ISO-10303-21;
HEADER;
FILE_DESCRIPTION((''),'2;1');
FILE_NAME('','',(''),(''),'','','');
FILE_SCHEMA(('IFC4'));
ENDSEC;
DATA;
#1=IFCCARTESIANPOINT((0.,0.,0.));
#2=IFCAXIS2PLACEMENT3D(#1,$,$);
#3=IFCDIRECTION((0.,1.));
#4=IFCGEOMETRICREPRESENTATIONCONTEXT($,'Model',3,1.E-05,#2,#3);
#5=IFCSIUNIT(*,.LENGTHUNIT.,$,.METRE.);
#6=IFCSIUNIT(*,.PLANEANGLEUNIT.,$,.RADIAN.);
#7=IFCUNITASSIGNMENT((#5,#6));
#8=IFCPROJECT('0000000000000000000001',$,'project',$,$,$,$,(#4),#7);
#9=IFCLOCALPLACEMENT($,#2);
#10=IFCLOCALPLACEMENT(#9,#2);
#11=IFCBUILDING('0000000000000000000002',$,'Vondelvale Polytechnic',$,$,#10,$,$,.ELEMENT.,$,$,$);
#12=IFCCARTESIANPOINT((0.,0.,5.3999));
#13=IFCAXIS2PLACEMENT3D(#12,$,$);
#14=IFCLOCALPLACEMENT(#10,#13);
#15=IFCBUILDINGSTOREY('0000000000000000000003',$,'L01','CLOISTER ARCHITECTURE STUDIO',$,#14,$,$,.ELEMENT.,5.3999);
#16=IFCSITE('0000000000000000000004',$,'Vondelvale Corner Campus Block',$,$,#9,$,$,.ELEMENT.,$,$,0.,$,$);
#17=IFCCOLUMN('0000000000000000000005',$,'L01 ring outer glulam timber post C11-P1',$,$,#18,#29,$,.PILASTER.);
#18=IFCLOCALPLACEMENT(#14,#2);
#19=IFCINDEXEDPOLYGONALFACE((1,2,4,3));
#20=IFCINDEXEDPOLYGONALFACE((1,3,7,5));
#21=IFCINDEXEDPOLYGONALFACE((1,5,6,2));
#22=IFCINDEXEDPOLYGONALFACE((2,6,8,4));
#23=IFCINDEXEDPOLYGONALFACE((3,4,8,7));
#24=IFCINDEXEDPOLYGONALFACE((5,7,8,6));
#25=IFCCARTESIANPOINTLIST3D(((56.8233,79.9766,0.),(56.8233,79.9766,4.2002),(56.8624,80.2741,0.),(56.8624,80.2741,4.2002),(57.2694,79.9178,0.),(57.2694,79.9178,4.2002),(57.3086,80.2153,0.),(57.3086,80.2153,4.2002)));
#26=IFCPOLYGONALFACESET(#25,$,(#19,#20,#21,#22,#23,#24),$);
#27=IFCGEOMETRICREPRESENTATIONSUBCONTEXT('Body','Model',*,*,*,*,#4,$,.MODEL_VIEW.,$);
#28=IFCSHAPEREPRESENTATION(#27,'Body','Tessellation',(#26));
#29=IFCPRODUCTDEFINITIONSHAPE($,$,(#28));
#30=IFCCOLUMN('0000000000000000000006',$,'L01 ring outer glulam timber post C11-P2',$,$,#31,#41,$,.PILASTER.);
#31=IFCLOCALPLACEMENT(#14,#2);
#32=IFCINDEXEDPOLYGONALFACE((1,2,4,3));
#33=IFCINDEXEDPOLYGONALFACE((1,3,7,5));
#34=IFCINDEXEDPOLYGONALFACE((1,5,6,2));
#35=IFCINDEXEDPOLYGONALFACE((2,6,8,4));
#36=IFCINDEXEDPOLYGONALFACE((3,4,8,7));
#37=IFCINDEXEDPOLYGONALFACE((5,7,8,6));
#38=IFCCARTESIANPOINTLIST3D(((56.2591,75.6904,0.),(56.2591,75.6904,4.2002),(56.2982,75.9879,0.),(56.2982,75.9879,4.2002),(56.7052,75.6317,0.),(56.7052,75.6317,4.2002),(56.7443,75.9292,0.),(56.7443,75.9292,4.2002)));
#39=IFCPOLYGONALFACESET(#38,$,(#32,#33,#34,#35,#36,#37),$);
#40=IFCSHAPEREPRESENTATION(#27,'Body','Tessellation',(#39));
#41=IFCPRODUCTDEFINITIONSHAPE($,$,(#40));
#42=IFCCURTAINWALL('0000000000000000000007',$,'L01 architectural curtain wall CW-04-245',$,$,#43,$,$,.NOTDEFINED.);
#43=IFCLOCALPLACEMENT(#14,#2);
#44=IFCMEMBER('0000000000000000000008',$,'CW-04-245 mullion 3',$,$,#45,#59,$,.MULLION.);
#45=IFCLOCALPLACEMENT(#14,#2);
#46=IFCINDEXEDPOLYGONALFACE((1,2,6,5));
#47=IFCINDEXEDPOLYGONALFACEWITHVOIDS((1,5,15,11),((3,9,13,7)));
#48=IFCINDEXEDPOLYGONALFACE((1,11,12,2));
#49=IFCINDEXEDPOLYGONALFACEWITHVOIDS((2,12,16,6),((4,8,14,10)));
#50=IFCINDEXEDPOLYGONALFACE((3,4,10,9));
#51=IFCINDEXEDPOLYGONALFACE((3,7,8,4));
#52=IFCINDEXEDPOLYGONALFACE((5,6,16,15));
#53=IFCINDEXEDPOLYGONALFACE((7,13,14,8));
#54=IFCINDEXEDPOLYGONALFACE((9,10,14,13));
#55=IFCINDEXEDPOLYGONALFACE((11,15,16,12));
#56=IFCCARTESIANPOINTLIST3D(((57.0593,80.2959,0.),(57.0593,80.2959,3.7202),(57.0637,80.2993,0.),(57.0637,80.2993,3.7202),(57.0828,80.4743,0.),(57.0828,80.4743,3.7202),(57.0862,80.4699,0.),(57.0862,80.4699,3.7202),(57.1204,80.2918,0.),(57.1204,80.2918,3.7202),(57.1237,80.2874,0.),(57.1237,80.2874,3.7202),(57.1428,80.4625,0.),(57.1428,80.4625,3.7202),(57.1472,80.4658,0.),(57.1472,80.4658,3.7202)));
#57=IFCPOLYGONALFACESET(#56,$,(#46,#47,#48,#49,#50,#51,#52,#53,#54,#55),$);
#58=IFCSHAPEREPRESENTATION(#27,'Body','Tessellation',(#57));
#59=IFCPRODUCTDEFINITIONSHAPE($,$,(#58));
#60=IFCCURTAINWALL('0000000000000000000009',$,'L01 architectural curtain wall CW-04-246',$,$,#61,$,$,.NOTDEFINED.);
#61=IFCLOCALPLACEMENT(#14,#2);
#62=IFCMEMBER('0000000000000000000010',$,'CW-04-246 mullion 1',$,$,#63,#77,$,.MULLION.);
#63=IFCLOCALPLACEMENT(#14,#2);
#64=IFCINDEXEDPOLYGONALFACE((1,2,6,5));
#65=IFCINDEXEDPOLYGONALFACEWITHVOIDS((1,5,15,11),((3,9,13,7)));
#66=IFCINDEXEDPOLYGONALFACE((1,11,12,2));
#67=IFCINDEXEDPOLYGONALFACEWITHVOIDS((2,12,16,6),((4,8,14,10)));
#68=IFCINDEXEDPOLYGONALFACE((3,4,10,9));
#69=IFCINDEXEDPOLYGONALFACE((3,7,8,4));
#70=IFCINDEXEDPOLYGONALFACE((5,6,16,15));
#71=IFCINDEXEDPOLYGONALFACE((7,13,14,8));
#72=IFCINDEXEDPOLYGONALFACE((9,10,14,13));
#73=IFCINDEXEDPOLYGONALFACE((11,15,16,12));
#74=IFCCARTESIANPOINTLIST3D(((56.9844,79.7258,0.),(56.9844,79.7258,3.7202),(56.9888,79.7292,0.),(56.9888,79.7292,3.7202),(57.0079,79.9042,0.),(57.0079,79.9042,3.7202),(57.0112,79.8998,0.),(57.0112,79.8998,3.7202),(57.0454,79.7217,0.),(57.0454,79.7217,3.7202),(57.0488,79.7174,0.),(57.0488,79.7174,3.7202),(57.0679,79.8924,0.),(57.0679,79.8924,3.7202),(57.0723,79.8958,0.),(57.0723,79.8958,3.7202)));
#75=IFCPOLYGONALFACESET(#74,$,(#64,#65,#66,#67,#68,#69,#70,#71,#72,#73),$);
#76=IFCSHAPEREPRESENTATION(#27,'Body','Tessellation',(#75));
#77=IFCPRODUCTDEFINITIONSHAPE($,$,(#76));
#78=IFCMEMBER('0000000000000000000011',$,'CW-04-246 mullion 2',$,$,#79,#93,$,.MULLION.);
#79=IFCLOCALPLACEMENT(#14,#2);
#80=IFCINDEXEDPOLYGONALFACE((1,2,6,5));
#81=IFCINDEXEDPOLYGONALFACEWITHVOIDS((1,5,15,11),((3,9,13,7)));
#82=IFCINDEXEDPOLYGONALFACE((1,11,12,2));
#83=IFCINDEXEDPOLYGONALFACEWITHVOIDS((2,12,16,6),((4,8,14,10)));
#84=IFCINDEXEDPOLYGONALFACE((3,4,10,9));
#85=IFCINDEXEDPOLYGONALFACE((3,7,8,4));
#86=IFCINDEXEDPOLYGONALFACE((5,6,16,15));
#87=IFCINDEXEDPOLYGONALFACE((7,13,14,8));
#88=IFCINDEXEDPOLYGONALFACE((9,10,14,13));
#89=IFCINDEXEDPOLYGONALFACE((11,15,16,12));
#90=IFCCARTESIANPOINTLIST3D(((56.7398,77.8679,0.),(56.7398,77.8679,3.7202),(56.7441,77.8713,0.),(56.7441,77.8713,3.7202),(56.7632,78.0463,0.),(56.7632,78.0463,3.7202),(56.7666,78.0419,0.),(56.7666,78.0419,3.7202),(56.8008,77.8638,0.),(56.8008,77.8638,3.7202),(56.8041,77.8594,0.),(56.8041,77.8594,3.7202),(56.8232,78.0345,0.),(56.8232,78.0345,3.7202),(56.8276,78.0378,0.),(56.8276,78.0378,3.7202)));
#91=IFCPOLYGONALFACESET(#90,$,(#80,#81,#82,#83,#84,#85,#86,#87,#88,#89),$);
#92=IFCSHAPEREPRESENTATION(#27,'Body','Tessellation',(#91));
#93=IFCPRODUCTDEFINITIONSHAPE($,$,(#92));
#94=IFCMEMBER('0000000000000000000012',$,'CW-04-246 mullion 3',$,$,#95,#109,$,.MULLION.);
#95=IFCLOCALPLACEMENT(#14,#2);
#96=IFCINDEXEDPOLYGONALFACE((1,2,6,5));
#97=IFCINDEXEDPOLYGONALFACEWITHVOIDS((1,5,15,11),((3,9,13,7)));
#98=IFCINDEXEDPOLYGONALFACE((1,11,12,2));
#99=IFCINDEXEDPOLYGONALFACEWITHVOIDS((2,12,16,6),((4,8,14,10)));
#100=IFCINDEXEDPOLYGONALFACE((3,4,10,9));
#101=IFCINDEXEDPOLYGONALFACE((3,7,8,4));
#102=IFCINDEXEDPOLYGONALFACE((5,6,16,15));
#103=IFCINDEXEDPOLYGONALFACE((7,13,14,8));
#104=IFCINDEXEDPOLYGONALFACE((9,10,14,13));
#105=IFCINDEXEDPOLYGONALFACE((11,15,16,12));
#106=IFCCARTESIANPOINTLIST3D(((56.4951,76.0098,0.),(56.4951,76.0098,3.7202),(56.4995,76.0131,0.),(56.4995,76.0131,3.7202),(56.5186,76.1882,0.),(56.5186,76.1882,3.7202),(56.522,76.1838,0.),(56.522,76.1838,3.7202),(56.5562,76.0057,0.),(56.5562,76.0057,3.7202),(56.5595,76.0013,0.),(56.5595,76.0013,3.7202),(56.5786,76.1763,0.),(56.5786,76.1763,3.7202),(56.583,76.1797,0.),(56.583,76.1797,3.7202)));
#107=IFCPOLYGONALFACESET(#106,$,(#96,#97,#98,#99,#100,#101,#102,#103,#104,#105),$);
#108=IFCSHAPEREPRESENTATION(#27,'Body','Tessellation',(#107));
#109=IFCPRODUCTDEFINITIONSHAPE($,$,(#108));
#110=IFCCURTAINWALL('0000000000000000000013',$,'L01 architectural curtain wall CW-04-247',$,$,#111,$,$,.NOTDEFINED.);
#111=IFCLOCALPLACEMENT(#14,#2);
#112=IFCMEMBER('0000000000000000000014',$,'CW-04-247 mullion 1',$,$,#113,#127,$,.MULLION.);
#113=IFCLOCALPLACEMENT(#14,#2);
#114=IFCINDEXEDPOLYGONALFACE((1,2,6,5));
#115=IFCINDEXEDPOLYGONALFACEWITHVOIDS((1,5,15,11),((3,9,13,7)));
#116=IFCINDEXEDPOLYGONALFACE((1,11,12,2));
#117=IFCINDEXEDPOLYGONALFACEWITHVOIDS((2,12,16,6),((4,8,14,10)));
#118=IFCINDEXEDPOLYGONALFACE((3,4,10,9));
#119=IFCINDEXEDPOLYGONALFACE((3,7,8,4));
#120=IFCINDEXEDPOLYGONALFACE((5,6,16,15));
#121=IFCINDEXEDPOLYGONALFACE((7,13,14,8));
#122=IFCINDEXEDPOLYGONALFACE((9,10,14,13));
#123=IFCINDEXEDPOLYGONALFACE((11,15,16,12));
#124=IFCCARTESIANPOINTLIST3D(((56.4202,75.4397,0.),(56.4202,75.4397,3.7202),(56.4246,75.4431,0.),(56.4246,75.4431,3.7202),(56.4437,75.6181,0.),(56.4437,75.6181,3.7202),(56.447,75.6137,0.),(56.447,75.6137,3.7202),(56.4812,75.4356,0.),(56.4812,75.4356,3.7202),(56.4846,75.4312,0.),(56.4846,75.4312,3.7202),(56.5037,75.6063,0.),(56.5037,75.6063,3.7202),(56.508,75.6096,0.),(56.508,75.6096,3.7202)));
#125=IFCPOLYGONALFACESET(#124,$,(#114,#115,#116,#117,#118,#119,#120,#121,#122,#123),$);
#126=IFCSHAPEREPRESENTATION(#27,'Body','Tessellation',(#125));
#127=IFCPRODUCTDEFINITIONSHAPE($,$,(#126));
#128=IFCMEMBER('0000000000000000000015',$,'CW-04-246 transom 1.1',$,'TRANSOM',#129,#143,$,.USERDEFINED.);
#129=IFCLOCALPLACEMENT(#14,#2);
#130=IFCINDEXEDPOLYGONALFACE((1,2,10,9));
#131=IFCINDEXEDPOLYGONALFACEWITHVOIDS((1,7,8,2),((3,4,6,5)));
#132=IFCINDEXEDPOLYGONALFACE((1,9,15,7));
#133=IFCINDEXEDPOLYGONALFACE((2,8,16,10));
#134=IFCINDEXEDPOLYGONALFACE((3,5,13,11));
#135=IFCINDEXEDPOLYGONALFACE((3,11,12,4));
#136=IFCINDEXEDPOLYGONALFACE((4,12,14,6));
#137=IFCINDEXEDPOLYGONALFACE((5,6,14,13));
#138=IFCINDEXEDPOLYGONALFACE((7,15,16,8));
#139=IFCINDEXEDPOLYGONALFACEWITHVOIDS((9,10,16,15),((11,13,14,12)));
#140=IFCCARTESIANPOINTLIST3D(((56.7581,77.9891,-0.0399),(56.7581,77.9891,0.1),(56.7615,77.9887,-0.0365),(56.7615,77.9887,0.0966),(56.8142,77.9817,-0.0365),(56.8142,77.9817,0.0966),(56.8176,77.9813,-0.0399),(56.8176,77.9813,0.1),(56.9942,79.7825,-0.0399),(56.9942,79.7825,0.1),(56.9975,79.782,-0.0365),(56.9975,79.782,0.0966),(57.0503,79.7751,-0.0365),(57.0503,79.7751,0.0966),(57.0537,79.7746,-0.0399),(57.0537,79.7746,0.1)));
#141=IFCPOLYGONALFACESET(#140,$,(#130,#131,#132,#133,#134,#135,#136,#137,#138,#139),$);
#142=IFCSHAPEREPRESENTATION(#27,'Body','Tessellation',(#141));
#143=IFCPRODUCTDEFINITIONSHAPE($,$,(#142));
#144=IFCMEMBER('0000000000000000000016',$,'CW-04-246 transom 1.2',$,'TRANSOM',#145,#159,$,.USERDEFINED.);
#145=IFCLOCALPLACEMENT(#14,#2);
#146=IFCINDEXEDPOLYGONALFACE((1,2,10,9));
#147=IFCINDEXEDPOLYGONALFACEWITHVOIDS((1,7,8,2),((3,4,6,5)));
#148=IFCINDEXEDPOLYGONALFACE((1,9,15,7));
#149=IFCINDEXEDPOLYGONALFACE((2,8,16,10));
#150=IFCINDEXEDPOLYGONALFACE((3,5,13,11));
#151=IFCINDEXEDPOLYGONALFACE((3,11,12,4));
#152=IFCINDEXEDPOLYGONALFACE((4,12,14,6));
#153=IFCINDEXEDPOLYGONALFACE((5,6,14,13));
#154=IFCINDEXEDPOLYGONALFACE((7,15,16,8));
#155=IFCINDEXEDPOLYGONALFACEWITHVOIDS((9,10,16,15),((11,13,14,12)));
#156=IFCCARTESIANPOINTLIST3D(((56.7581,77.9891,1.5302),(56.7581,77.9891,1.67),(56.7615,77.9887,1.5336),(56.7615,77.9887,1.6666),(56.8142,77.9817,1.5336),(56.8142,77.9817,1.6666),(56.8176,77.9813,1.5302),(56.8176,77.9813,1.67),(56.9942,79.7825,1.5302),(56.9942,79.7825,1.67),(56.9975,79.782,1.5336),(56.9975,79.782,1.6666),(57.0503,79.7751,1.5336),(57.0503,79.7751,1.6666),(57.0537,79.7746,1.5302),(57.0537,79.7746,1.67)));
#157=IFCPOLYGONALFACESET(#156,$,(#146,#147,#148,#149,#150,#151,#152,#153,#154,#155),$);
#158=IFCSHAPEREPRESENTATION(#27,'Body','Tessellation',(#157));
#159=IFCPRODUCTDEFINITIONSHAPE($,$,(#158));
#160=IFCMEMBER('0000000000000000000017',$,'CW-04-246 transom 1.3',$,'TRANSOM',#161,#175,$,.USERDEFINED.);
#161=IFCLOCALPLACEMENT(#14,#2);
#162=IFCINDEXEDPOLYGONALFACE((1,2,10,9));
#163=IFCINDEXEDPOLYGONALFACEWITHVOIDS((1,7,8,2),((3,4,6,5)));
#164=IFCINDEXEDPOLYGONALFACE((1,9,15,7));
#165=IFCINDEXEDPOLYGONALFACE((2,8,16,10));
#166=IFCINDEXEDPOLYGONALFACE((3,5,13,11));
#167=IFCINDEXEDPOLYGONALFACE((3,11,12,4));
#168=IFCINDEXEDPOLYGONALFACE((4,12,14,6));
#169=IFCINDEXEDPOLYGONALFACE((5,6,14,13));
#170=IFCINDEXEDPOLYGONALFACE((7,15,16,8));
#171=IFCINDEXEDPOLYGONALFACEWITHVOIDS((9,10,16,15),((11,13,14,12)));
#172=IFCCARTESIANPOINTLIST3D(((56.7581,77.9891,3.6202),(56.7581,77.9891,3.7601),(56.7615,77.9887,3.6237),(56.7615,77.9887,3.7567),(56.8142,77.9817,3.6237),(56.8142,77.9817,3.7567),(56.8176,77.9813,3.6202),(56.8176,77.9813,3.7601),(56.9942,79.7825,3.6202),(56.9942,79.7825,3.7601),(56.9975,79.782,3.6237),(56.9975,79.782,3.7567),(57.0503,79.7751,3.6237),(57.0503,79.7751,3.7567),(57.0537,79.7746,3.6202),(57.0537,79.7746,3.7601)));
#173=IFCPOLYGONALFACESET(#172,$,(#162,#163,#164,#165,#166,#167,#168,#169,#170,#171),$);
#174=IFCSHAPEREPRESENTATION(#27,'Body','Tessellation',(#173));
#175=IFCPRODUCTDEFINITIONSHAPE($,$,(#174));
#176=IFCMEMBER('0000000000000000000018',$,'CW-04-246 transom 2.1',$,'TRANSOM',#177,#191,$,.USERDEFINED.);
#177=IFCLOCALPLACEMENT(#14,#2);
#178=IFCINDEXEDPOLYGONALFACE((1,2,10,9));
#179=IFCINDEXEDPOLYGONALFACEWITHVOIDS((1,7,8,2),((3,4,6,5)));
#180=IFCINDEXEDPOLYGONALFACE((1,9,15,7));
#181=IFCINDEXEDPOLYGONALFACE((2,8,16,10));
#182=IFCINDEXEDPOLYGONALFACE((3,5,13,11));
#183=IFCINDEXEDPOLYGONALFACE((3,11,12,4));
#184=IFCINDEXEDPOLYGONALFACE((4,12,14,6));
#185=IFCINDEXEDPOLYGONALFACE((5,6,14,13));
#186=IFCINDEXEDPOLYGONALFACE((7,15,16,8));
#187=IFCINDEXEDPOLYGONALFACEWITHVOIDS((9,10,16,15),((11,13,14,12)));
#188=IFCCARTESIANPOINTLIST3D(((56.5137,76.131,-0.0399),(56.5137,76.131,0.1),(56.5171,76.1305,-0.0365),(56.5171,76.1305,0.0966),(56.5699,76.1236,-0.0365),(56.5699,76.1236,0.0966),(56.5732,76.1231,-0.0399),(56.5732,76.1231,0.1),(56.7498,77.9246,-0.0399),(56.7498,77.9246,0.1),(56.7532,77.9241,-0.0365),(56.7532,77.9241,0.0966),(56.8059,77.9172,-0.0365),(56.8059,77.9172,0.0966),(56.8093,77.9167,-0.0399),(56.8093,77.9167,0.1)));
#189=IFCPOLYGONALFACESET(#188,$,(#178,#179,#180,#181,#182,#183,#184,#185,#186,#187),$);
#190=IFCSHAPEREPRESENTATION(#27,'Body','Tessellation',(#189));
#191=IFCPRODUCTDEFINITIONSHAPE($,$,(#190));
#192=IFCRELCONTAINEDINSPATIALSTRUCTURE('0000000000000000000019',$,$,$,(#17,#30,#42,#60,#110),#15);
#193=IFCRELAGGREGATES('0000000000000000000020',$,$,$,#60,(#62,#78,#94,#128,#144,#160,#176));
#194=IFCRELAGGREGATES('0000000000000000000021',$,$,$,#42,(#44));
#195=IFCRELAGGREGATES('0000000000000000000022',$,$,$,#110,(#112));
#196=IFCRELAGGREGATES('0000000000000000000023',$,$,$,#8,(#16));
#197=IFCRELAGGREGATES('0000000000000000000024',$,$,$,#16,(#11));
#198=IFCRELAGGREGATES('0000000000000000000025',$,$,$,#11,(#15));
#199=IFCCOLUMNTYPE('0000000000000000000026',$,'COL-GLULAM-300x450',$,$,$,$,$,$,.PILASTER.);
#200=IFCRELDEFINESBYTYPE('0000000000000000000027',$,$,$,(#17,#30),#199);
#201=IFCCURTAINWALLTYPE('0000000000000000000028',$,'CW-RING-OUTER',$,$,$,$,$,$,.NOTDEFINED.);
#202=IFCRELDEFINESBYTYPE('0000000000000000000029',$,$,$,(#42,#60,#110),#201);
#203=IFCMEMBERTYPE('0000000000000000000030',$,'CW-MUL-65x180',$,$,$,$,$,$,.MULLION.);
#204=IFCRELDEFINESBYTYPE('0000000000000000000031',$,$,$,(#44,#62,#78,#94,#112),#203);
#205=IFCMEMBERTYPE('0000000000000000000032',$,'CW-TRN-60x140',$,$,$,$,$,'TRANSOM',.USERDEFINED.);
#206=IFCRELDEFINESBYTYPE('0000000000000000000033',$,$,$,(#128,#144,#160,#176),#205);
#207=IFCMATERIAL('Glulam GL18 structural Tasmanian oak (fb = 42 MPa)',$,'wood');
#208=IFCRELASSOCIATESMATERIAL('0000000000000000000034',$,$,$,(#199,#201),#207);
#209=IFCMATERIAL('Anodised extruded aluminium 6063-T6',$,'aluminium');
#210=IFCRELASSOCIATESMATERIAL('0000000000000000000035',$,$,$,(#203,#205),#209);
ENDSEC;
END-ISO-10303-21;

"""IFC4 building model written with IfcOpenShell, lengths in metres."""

from ifc_helpers import new_model, si_unit, direction, frame, origin, origin_2d, place, context, subcontext, project, spatial, rectangle, hollow_rectangle, extrude, material, material_profile, profile_set, type_object, element, aggregate, save


model = new_model("IFC4")

# Units and contexts
model_context = context("Model", 3, precision=1e-05, world=origin(), true_north=direction((0.0, 1.0)))
body_context = subcontext(model_context, "Body", "Model", "MODEL_VIEW")
ifc_project = project(units=[si_unit("LENGTHUNIT", "METRE"), si_unit("PLANEANGLEUNIT", "RADIAN")], contexts=[model_context])

# Site, building, storey
site_placement = place(None, origin())
site = spatial("IfcSite", under=ifc_project, at=site_placement, Name="Vondelvale Corner Campus Block", CompositionType="ELEMENT", RefElevation=0.0)
building_placement = place(site_placement, origin())
building = spatial("IfcBuilding", under=site, at=building_placement, Name="Vondelvale Polytechnic", CompositionType="ELEMENT")
storey_placement = place(building_placement, frame((0.0, 0.0, 5.3999)))
storey = spatial("IfcBuildingStorey", under=building, at=storey_placement, Name="L01", Description="CLOISTER ARCHITECTURE STUDIO", CompositionType="ELEMENT", Elevation=5.3999)

# Columns
ifc_material_1 = material(Name="Glulam GL18 structural Tasmanian oak (fb = 42 MPa)", Category="wood")
ifc_material_profile_1 = material_profile(ifc_material_1, rectangle(XDim=0.3, YDim=0.45, at=origin_2d()), Name="GL-POST-300x450")
ifc_profile_set_1 = profile_set([ifc_material_profile_1], Name="Glulam GL18 structural Tasmanian oak (fb = 42 MPa)")
column_type = type_object("IfcColumnType", Name="COL-GLULAM-300x450", PredefinedType="PILASTER", material=ifc_profile_set_1)
for number, where, z_axis, x_axis, name in (
    (1, (57.0659, 80.0959, 0.0), (0.0, 0.0, 1.0), (0.130526, 0.991445, 0.0), "L01 ring outer glulam timber post C11-P1"),
    (2, (56.5017, 75.8098, 0.0), (0.0, 0.0, 1.0), (0.130526, 0.991445, 0.0), "L01 ring outer glulam timber post C11-P2"),
):
    element("IfcColumn", number, at=place(storey_placement, frame(where, z_axis=z_axis, x_axis=x_axis)), inside=storey, type_object=column_type, Name=name, PredefinedType="PILASTER", context=body_context, shape_type="SweptSolid", body=[
        extrude(rectangle(XDim=0.3, YDim=0.45, at=origin_2d()), origin(), (0.0, 0.0, 1.0), 4.2002),
    ])

# Curtain wall, member
curtain_wall_type = type_object("IfcCurtainWallType", Name="CW-RING-OUTER", PredefinedType="NOTDEFINED", material=ifc_material_1)
curtain_wall_1_placement = place(storey_placement, origin())
curtain_wall_1 = element("IfcCurtainWall", 3, at=curtain_wall_1_placement, inside=storey, type_object=curtain_wall_type, Name="L01 architectural curtain wall CW-04-245", PredefinedType="NOTDEFINED")
ifc_material_2 = material(Name="Anodised extruded aluminium 6063-T6", Category="aluminium")
ifc_material_profile_2 = material_profile(ifc_material_2, hollow_rectangle(XDim=0.0649, YDim=0.1799, WallThickness=0.0039, at=origin_2d()), Name="CW-MUL-180x65")
ifc_profile_set_2 = profile_set([ifc_material_profile_2], Name="Anodised extruded aluminium 6063-T6")
member_type_1 = type_object("IfcMemberType", Name="CW-MUL-65x180", PredefinedType="MULLION", material=ifc_profile_set_2)
member_1_placement = place(storey_placement, frame((57.1033, 80.3809, 0.0), z_axis=(0.0, 0.0, 1.0), x_axis=(0.991443, -0.13054, 0.0)))
member_1 = element("IfcMember", 4, at=member_1_placement, type_object=member_type_1, Name="CW-04-245 mullion 3", PredefinedType="MULLION", context=body_context, shape_type="SweptSolid", body=[
    extrude(hollow_rectangle(XDim=0.0649, YDim=0.1799, WallThickness=0.0039, at=origin_2d()), origin(), (0.0, 0.0, 1.0), 3.7202),
])

# Curtain wall, members
curtain_wall_2_placement = place(storey_placement, origin())
curtain_wall_2 = element("IfcCurtainWall", 5, at=curtain_wall_2_placement, inside=storey, type_object=curtain_wall_type, Name="L01 architectural curtain wall CW-04-246", PredefinedType="NOTDEFINED")
member_2_placement = place(storey_placement, frame((57.0283, 79.8108, 0.0), z_axis=(0.0, 0.0, 1.0), x_axis=(0.991449, -0.130497, 0.0)))
member_2 = element("IfcMember", 6, at=member_2_placement, type_object=member_type_1, Name="CW-04-246 mullion 1", PredefinedType="MULLION", context=body_context, shape_type="SweptSolid", body=[
    extrude(hollow_rectangle(XDim=0.0649, YDim=0.1799, WallThickness=0.0039, at=origin_2d()), origin(), (0.0, 0.0, 1.0), 3.7202),
])
member_3_placement = place(storey_placement, frame((56.7837, 77.9529, 0.0), z_axis=(0.0, 0.0, 1.0), x_axis=(0.991449, -0.130497, 0.0)))
member_3 = element("IfcMember", 7, at=member_3_placement, type_object=member_type_1, Name="CW-04-246 mullion 2", PredefinedType="MULLION", context=body_context, shape_type="SweptSolid", body=[
    extrude(hollow_rectangle(XDim=0.0649, YDim=0.1799, WallThickness=0.0039, at=origin_2d()), origin(), (0.0, 0.0, 1.0), 3.7202),
])
member_4_placement = place(storey_placement, frame((56.5391, 76.0947, 0.0), z_axis=(0.0, 0.0, 1.0), x_axis=(0.991449, -0.130497, 0.0)))
member_4 = element("IfcMember", 8, at=member_4_placement, type_object=member_type_1, Name="CW-04-246 mullion 3", PredefinedType="MULLION", context=body_context, shape_type="SweptSolid", body=[
    extrude(hollow_rectangle(XDim=0.0649, YDim=0.1799, WallThickness=0.0039, at=origin_2d()), origin(), (0.0, 0.0, 1.0), 3.7202),
])

# Curtain wall, member
curtain_wall_3_placement = place(storey_placement, origin())
curtain_wall_3 = element("IfcCurtainWall", 9, at=curtain_wall_3_placement, inside=storey, type_object=curtain_wall_type, Name="L01 architectural curtain wall CW-04-247", PredefinedType="NOTDEFINED")
member_5_placement = place(storey_placement, frame((56.4641, 75.5247, 0.0), z_axis=(0.0, 0.0, 1.0), x_axis=(0.991443, -0.13054, 0.0)))
member_5 = element("IfcMember", 10, at=member_5_placement, type_object=member_type_1, Name="CW-04-247 mullion 1", PredefinedType="MULLION", context=body_context, shape_type="SweptSolid", body=[
    extrude(hollow_rectangle(XDim=0.0649, YDim=0.1799, WallThickness=0.0039, at=origin_2d()), origin(), (0.0, 0.0, 1.0), 3.7202),
])

# Members
ifc_material_profile_3 = material_profile(ifc_material_2, hollow_rectangle(XDim=0.0601, YDim=0.1399, WallThickness=0.0034, at=origin_2d()), Name="CW-TRN-140x60")
ifc_profile_set_3 = profile_set([ifc_material_profile_3], Name="Anodised extruded aluminium 6063-T6")
member_type_2 = type_object("IfcMemberType", Name="CW-TRN-60x140", ElementType="TRANSOM", PredefinedType="USERDEFINED", material=ifc_profile_set_3)
member_6_placement = place(storey_placement, frame((57.0239, 79.7786, 0.03), z_axis=(-0.13051, -0.991447, 0.0), x_axis=(0.991447, -0.13051, 0.0)))
member_6 = element("IfcMember", 11, at=member_6_placement, type_object=member_type_2, Name="CW-04-246 transom 1.1", ObjectType="TRANSOM", PredefinedType="USERDEFINED", context=body_context, shape_type="SweptSolid", body=[
    extrude(hollow_rectangle(XDim=0.0601, YDim=0.1399, WallThickness=0.0034, at=origin_2d()), origin(), (0.0, 0.0, 1.0), 1.8088),
])
member_7_placement = place(storey_placement, frame((57.0239, 79.7786, 1.6001), z_axis=(-0.13051, -0.991447, 0.0), x_axis=(0.991447, -0.13051, 0.0)))
member_7 = element("IfcMember", 12, at=member_7_placement, type_object=member_type_2, Name="CW-04-246 transom 1.2", ObjectType="TRANSOM", PredefinedType="USERDEFINED", context=body_context, shape_type="SweptSolid", body=[
    extrude(hollow_rectangle(XDim=0.0601, YDim=0.1399, WallThickness=0.0034, at=origin_2d()), origin(), (0.0, 0.0, 1.0), 1.8088),
])
member_8_placement = place(storey_placement, frame((57.0239, 79.7786, 3.6902), z_axis=(-0.13051, -0.991447, 0.0), x_axis=(0.991447, -0.13051, 0.0)))
member_8 = element("IfcMember", 13, at=member_8_placement, type_object=member_type_2, Name="CW-04-246 transom 1.3", ObjectType="TRANSOM", PredefinedType="USERDEFINED", context=body_context, shape_type="SweptSolid", body=[
    extrude(hollow_rectangle(XDim=0.0601, YDim=0.1399, WallThickness=0.0034, at=origin_2d()), origin(), (0.0, 0.0, 1.0), 1.8088),
])
member_9_placement = place(storey_placement, frame((56.7795, 77.9207, 0.03), z_axis=(-0.130493, -0.991449, 0.0), x_axis=(0.991449, -0.130493, 0.0)))
member_9 = element("IfcMember", 14, at=member_9_placement, type_object=member_type_2, Name="CW-04-246 transom 2.1", ObjectType="TRANSOM", PredefinedType="USERDEFINED", context=body_context, shape_type="SweptSolid", body=[
    extrude(hollow_rectangle(XDim=0.0601, YDim=0.1399, WallThickness=0.0034, at=origin_2d()), origin(), (0.0, 0.0, 1.0), 1.8091),
])

aggregate(curtain_wall_2, [member_2, member_3, member_4, member_6, member_7, member_8, member_9])
aggregate(curtain_wall_1, [member_1])
aggregate(curtain_wall_3, [member_5])

save(model, "model.ifc")
